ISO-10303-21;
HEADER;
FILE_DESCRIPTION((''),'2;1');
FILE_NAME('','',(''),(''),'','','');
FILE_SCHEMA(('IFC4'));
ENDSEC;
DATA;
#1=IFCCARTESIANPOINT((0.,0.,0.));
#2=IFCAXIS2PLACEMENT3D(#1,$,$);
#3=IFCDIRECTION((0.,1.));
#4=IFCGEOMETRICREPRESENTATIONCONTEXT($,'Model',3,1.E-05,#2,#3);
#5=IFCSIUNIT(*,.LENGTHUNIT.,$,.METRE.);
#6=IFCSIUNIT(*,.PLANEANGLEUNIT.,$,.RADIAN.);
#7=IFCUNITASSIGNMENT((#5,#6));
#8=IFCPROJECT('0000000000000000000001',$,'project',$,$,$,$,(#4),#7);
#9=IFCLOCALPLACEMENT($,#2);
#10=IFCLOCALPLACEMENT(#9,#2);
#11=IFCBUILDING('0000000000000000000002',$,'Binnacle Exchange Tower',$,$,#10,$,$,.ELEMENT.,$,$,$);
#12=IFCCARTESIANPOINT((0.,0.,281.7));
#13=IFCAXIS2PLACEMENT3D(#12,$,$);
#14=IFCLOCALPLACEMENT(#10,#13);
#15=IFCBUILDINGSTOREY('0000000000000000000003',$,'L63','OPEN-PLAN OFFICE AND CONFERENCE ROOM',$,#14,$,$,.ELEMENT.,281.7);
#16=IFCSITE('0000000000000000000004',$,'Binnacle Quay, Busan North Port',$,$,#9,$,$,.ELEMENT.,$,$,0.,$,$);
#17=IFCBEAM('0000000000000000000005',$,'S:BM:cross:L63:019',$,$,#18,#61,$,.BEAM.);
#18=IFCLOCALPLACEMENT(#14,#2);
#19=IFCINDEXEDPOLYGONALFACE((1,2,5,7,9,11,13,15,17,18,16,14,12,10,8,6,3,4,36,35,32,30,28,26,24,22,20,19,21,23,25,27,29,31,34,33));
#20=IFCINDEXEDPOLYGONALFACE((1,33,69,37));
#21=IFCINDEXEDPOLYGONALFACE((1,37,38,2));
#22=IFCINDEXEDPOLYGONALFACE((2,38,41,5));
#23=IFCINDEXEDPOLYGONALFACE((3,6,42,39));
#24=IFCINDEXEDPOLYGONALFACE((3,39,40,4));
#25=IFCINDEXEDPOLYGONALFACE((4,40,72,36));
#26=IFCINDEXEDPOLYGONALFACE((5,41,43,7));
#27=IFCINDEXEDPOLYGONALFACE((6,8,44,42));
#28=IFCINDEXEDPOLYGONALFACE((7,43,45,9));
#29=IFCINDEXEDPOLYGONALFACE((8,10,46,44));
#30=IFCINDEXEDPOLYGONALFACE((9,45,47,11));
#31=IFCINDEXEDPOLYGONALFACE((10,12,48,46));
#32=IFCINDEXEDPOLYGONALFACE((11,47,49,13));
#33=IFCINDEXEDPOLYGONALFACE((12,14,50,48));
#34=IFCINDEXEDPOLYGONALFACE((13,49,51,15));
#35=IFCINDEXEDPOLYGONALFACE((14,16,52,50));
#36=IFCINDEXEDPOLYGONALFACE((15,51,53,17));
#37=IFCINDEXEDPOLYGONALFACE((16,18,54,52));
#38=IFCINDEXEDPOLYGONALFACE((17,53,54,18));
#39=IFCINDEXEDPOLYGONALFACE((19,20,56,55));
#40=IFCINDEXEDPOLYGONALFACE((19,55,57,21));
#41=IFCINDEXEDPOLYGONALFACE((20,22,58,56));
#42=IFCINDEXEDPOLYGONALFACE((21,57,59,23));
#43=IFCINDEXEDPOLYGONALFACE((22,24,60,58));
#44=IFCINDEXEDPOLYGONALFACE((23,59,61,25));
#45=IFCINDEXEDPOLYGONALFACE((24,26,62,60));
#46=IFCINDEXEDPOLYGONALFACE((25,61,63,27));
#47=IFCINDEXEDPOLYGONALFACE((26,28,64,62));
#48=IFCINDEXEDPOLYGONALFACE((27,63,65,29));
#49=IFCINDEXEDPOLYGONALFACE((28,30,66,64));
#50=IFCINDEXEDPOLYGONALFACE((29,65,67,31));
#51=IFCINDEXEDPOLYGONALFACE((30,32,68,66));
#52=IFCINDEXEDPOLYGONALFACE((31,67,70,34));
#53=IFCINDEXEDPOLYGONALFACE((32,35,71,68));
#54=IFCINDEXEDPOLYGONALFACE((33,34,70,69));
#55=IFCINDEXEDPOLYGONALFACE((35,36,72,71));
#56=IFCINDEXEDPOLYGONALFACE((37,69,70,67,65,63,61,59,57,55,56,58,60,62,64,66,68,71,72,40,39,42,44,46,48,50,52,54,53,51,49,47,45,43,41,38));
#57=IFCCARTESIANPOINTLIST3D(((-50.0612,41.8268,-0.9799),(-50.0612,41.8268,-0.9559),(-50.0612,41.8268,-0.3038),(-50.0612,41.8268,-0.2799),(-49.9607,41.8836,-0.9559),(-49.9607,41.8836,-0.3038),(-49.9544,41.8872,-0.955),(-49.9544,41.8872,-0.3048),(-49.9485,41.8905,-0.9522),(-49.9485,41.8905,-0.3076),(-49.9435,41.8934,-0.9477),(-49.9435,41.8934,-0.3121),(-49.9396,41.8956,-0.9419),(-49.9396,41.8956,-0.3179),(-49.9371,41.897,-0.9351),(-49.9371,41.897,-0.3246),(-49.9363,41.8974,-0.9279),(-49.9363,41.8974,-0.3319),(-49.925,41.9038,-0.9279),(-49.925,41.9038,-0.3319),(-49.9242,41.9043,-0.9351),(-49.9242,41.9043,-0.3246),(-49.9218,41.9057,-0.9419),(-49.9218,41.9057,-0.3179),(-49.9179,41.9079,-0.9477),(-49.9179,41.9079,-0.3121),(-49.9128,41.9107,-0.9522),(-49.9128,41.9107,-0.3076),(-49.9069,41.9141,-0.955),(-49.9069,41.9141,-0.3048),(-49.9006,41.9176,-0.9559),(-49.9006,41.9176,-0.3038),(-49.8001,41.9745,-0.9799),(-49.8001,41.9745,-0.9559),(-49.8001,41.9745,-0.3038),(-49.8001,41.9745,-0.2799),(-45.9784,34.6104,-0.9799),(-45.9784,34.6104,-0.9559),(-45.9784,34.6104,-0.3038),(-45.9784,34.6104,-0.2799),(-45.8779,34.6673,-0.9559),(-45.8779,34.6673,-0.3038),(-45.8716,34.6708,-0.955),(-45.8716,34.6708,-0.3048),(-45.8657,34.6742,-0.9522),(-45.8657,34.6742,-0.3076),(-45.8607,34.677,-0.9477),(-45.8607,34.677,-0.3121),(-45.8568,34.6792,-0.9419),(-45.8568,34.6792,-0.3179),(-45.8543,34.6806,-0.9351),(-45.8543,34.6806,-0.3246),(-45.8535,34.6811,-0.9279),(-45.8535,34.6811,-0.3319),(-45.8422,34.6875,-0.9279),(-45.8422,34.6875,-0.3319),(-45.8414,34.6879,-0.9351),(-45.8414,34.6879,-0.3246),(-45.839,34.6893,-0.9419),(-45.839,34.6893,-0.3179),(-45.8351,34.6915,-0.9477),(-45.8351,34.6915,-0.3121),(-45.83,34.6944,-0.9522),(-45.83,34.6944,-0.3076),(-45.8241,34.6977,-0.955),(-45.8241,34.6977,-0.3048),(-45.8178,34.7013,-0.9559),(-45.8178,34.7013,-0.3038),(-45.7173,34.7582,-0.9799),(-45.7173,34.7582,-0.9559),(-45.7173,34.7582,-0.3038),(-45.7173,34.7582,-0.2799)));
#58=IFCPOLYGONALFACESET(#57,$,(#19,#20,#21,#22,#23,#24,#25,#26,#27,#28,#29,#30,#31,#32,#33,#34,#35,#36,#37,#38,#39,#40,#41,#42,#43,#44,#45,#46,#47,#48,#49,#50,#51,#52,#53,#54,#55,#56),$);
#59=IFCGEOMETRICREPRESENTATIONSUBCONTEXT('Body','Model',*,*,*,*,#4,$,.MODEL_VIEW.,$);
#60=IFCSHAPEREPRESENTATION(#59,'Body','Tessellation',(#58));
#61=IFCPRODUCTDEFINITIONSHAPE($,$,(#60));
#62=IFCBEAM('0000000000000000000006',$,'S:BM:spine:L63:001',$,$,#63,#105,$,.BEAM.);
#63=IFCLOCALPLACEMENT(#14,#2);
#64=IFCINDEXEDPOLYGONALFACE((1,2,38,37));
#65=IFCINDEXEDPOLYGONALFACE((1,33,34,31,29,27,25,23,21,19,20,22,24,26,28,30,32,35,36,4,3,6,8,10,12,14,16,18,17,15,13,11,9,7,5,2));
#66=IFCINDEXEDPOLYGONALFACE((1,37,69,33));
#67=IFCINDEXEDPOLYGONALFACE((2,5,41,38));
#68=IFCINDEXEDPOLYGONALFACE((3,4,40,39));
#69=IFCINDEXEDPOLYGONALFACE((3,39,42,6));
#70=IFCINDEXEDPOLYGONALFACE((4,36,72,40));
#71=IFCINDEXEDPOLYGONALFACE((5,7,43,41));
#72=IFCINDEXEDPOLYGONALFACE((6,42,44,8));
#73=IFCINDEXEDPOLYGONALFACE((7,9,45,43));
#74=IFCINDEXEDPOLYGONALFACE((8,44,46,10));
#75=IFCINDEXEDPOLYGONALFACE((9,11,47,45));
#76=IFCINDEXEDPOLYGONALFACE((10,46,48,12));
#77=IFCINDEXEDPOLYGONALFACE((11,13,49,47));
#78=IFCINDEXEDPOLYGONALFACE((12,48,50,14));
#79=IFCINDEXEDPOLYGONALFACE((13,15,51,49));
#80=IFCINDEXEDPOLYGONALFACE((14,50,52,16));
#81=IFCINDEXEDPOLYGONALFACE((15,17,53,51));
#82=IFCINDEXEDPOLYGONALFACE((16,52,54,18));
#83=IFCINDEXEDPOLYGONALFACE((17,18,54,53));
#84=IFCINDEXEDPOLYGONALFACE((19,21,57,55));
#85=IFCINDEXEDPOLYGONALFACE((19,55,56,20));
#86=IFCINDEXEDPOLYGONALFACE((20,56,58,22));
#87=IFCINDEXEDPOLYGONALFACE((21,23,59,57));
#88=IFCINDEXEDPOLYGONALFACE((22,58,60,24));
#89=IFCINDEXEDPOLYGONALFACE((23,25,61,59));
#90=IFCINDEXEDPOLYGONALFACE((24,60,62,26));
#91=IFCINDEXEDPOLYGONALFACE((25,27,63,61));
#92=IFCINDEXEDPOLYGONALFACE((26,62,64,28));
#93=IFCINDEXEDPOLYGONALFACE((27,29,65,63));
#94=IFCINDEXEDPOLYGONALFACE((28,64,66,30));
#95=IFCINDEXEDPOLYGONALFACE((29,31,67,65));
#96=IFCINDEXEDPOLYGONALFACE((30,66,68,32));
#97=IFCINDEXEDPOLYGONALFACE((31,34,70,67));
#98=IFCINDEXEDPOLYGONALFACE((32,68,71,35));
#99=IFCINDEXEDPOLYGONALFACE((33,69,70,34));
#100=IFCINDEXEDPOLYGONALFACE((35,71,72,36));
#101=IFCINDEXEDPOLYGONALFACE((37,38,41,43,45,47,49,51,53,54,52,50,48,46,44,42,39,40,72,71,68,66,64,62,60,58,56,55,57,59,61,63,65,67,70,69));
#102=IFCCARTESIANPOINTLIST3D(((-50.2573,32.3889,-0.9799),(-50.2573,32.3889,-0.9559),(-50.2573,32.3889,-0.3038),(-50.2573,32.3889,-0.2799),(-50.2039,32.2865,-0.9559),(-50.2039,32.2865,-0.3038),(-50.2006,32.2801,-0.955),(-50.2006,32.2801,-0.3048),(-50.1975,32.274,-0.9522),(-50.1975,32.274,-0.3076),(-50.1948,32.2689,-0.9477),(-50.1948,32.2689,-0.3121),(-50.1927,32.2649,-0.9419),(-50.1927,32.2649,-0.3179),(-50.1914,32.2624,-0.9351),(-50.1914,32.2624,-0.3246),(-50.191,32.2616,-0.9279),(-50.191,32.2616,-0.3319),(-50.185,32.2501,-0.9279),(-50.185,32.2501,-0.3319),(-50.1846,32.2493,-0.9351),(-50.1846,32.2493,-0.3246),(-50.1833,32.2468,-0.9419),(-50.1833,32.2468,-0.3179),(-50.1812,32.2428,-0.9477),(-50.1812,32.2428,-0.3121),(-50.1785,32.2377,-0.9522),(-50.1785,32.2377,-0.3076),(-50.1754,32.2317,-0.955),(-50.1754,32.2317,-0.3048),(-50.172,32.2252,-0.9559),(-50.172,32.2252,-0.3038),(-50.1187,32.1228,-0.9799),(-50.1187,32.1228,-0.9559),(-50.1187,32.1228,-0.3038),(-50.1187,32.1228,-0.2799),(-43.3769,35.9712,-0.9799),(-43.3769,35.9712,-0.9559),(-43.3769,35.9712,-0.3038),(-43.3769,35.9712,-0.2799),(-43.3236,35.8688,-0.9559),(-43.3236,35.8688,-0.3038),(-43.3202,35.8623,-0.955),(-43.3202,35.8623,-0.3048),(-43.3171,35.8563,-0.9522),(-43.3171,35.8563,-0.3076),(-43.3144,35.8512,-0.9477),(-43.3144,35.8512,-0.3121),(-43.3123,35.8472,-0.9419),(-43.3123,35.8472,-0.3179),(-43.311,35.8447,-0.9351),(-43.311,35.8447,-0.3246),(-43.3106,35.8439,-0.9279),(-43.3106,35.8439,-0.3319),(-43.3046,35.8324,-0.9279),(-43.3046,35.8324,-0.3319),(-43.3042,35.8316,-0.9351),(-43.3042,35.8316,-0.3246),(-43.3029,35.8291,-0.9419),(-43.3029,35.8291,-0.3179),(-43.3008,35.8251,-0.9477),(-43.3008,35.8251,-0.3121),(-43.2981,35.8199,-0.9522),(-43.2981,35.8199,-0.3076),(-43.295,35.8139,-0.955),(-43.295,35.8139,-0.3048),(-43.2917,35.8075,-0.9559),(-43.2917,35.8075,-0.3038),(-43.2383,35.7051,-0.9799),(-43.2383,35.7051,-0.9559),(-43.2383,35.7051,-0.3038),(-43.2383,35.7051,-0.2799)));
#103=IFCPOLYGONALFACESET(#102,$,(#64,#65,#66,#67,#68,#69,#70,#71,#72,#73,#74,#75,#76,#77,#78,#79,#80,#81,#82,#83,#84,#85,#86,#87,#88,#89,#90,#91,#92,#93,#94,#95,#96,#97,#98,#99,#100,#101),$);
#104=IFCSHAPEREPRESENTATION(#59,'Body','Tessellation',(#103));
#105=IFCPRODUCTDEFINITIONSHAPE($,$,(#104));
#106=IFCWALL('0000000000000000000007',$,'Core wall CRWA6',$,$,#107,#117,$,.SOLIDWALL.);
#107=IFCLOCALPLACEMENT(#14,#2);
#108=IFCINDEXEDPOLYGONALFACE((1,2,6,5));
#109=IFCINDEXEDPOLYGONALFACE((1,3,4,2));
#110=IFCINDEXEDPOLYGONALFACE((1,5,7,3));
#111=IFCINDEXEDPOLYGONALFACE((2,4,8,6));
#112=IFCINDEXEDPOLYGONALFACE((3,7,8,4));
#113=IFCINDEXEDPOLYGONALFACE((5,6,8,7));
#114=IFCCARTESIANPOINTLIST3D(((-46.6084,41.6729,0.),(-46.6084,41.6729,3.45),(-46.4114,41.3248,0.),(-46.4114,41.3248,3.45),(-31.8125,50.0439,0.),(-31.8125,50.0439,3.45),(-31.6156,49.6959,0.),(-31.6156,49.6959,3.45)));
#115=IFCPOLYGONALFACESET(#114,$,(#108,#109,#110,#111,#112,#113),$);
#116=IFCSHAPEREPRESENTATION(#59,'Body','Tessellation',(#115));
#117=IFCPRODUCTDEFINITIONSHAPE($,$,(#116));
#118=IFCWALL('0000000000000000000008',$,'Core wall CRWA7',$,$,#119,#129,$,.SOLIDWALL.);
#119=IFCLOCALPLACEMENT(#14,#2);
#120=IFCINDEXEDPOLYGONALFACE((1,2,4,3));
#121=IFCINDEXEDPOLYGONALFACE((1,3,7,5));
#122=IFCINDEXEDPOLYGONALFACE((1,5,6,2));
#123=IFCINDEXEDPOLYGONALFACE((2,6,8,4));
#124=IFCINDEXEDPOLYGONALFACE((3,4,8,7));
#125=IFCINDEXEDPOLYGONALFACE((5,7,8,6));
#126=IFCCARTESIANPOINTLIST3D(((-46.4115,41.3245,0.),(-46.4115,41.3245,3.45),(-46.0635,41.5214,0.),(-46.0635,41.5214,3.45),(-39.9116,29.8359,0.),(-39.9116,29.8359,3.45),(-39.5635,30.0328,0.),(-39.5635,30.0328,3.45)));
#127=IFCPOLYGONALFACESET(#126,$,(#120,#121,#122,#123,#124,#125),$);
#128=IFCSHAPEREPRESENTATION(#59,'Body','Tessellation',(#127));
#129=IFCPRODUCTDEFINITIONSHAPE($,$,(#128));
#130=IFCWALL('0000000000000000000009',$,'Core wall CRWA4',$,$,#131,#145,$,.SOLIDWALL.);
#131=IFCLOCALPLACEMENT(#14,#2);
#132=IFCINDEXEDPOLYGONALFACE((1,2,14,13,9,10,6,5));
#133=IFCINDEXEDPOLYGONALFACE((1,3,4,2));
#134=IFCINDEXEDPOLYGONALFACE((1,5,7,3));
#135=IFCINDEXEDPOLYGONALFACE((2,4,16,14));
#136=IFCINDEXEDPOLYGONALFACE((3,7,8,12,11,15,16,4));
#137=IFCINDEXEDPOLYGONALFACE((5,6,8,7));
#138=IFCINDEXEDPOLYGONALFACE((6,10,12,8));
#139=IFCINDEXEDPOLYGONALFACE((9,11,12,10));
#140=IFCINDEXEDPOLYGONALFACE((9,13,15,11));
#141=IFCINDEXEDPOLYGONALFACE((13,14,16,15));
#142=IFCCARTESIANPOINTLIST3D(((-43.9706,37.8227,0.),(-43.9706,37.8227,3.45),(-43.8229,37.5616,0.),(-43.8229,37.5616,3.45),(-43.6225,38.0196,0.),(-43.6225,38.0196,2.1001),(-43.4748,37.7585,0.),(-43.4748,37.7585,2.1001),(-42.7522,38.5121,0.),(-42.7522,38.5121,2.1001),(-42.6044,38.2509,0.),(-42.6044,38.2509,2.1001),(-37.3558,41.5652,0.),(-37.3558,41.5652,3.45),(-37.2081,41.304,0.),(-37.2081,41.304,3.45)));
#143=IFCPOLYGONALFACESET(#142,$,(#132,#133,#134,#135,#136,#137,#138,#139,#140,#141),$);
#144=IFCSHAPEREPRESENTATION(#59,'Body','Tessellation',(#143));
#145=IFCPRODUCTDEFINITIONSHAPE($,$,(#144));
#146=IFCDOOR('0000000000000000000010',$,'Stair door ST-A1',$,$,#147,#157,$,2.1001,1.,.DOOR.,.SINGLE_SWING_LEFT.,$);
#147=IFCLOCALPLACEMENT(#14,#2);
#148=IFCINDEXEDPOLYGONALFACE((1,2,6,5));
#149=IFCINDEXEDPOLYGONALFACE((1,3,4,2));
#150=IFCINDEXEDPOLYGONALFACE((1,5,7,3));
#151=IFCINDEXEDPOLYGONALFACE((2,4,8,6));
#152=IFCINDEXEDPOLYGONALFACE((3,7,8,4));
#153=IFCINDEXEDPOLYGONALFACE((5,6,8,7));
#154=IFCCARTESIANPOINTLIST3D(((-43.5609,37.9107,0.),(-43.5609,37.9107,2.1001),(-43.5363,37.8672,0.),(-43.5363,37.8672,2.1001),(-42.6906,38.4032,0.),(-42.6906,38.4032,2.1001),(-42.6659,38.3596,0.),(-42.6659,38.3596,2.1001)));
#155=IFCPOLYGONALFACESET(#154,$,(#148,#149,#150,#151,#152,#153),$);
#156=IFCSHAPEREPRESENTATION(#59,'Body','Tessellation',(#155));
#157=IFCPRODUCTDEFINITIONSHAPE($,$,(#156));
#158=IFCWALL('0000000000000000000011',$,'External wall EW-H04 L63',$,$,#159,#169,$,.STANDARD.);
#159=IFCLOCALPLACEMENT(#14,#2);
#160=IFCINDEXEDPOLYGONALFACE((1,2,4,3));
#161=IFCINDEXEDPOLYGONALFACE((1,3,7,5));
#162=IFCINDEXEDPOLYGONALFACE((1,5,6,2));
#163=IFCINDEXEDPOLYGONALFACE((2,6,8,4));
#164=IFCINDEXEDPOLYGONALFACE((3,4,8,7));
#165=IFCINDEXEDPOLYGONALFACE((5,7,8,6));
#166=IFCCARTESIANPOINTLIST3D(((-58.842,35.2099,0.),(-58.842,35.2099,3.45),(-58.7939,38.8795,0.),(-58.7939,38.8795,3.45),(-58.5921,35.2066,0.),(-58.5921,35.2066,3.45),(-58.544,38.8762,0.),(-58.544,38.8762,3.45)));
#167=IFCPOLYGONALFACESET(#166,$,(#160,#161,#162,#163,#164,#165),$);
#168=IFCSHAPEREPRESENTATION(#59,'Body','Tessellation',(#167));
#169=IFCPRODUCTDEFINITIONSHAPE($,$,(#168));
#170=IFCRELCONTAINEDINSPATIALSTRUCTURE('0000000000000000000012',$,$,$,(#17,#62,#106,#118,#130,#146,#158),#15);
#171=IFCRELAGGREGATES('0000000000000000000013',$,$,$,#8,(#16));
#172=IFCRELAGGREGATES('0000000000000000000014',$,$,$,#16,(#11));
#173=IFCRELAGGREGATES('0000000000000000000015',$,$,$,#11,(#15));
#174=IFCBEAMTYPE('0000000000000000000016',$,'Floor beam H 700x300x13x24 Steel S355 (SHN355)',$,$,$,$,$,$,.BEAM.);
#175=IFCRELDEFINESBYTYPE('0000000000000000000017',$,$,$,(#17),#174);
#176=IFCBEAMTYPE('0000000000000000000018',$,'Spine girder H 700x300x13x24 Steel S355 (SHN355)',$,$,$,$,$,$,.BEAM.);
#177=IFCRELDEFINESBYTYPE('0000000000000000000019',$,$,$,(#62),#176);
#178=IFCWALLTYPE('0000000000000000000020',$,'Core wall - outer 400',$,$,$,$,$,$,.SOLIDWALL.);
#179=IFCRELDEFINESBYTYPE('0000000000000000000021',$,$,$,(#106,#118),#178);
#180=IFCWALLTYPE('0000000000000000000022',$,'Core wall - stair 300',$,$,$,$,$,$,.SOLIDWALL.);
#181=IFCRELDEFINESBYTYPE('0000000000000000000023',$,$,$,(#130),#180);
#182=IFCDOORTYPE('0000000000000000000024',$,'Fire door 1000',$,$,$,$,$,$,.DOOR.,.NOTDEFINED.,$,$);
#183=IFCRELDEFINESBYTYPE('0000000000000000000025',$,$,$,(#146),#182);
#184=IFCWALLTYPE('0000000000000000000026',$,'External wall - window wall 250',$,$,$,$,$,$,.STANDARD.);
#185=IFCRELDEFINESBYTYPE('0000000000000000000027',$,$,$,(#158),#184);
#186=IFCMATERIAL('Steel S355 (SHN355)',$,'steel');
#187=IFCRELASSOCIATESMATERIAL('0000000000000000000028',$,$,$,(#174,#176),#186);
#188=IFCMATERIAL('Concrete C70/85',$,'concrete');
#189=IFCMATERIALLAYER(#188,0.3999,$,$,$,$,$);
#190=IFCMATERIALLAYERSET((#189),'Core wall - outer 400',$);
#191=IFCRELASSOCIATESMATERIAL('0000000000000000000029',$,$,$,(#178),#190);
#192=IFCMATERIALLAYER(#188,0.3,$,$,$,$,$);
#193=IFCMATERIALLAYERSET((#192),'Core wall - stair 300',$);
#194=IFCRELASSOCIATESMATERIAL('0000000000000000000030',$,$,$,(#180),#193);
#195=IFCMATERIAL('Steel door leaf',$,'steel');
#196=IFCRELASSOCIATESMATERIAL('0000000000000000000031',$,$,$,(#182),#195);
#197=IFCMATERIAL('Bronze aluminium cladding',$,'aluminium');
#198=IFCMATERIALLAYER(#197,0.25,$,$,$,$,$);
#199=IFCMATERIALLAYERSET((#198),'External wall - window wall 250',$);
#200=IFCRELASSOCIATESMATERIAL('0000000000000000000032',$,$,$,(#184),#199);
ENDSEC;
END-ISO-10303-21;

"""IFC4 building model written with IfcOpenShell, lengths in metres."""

from ifc_helpers import new_model, si_unit, direction, frame, frame_2d, origin, origin_2d, place, context, subcontext, project, spatial, rectangle, i_section, extrude, material, layer, layer_set, material_profile, profile_set, type_object, element, fill, save


model = new_model("IFC4")

# Units and contexts
model_context = context("Model", 3, precision=1e-05, world=origin(), true_north=direction((0.0, 1.0)))
body_context = subcontext(model_context, "Body", "Model", "MODEL_VIEW")
ifc_project = project(units=[si_unit("LENGTHUNIT", "METRE"), si_unit("PLANEANGLEUNIT", "RADIAN")], contexts=[model_context])

# Site, building, storey
site_placement = place(None, origin())
site = spatial("IfcSite", under=ifc_project, at=site_placement, Name="Binnacle Quay, Busan North Port", CompositionType="ELEMENT", RefElevation=0.0)
building_placement = place(site_placement, origin())
building = spatial("IfcBuilding", under=site, at=building_placement, Name="Binnacle Exchange Tower", CompositionType="ELEMENT")
storey_placement = place(building_placement, frame((0.0, 0.0, 281.7)))
storey = spatial("IfcBuildingStorey", under=building, at=storey_placement, Name="L63", Description="OPEN-PLAN OFFICE AND CONFERENCE ROOM", CompositionType="ELEMENT", Elevation=281.7)

# Beams
ifc_material_1 = material(Name="Steel S355 (SHN355)", Category="steel")
ifc_material_profile_1 = material_profile(ifc_material_1, i_section(OverallWidth=0.3, OverallDepth=0.7, WebThickness=0.0129, FlangeThickness=0.0239, FilletRadius=0.0281, at=origin_2d()), Name="H 700x300x13x24")
ifc_profile_set_1 = profile_set([ifc_material_profile_1], Name="Steel S355 (SHN355)")
beam_type_1 = type_object("IfcBeamType", Name="Floor beam H 700x300x13x24 Steel S355 (SHN355)", PredefinedType="BEAM", material=ifc_profile_set_1)
beam_1_placement = place(storey_placement, frame((-49.9307, 41.9006, -0.6299), z_axis=(0.492421, -0.870357, 0.0), x_axis=(0.870357, 0.492421, 0.0)))
element("IfcBeam", 1, at=beam_1_placement, inside=storey, type_object=beam_type_1, Name="S:BM:cross:L63:019", PredefinedType="BEAM", context=body_context, shape_type="SweptSolid", body=[
    extrude(i_section(OverallWidth=0.3, OverallDepth=0.7, WebThickness=0.0129, FlangeThickness=0.0239, FilletRadius=0.0281, at=origin_2d()), origin(), (0.0, 0.0, 1.0), 8.2913),
])
ifc_material_profile_2 = material_profile(ifc_material_1, i_section(OverallWidth=0.3, OverallDepth=0.7, WebThickness=0.0129, FlangeThickness=0.0239, FilletRadius=0.0281, at=origin_2d()), Name="H 700x300x13x24")
ifc_profile_set_2 = profile_set([ifc_material_profile_2], Name="Steel S355 (SHN355)")
beam_type_2 = type_object("IfcBeamType", Name="Spine girder H 700x300x13x24 Steel S355 (SHN355)", PredefinedType="BEAM", material=ifc_profile_set_2)
beam_2_placement = place(storey_placement, frame((-50.188, 32.2559, -0.6299), z_axis=(0.88698, 0.461808, 0.0), x_axis=(-0.461808, 0.88698, 0.0)))
element("IfcBeam", 2, at=beam_2_placement, inside=storey, type_object=beam_type_2, Name="S:BM:spine:L63:001", PredefinedType="BEAM", context=body_context, shape_type="SweptSolid", body=[
    extrude(i_section(OverallWidth=0.3, OverallDepth=0.7, WebThickness=0.0129, FlangeThickness=0.0239, FilletRadius=0.0281, at=origin_2d()), origin(), (0.0, 0.0, 1.0), 7.7571),
])

# Walls
ifc_material_2 = material(Name="Concrete C70/85", Category="concrete")
ifc_layer_1 = layer(ifc_material_2, 0.3999)
ifc_layer_set_1 = layer_set([ifc_layer_1], Name="Core wall - outer 400")
wall_type_1 = type_object("IfcWallType", Name="Core wall - outer 400", PredefinedType="SOLIDWALL", material=ifc_layer_set_1)
wall_1_placement = place(storey_placement, frame((-46.51, 41.4988, 0.0), z_axis=(0.0, 0.0, 1.0), x_axis=(0.870356, 0.492423, 0.0)))
element("IfcWall", 3, at=wall_1_placement, inside=storey, type_object=wall_type_1, Name="Core wall CRWA6", PredefinedType="SOLIDWALL", context=body_context, shape_type="SweptSolid", body=[
    extrude(rectangle(XDim=16.9998, YDim=0.3999, at=frame_2d((8.5, 0.0))), origin(), (0.0, 0.0, 1.0), 3.45),
])
wall_2_placement = place(storey_placement, frame((-46.2375, 41.4231, 0.0), z_axis=(0.0, 0.0, 1.0), x_axis=(0.492422, -0.870357, 0.0)))
element("IfcWall", 4, at=wall_2_placement, inside=storey, type_object=wall_type_1, Name="Core wall CRWA7", PredefinedType="SOLIDWALL", context=body_context, shape_type="SweptSolid", body=[
    extrude(rectangle(XDim=13.2, YDim=0.3999, at=frame_2d((6.6001, 0.0))), origin(), (0.0, 0.0, 1.0), 3.45),
])

# Wall, opening, door
ifc_layer_2 = layer(ifc_material_2, 0.3)
ifc_layer_set_2 = layer_set([ifc_layer_2], Name="Core wall - stair 300")
wall_type_2 = type_object("IfcWallType", Name="Core wall - stair 300", PredefinedType="SOLIDWALL", material=ifc_layer_set_2)
wall_3_placement = place(storey_placement, frame((-43.8967, 37.6921, 0.0), z_axis=(0.0, 0.0, 1.0), x_axis=(0.870356, 0.492422, 0.0)))
wall_3 = element("IfcWall", 5, at=wall_3_placement, inside=storey, type_object=wall_type_2, Name="Core wall CRWA4", PredefinedType="SOLIDWALL", context=body_context, shape_type="SweptSolid", body=[
    extrude(rectangle(XDim=7.6001, YDim=0.3, at=frame_2d((3.8, 0.0))), origin(), (0.0, 0.0, 1.0), 3.45),
])
opening_1_placement = place(wall_3_placement, frame((0.3999, 0.0, 0.0)))
opening_1 = element("IfcOpeningElement", 6, at=opening_1_placement, cuts=wall_3, PredefinedType="OPENING", context=body_context, shape_type="SweptSolid", body=[
    extrude(rectangle(XDim=1.0, YDim=2.1001, at=frame_2d((0.5, 1.05))), frame((0.0, 0.1599, 0.0), z_axis=(0.0, -1.0, 0.0), x_axis=(1.0, 0.0, 0.0)), (0.0, 0.0, 1.0), 0.3201),
])
ifc_material_3 = material(Name="Steel door leaf", Category="steel")
door_type_1 = type_object("IfcDoorType", Name="Fire door 1000", OperationType="NOTDEFINED", PredefinedType="DOOR", material=ifc_material_3)
door_1_placement = place(opening_1_placement, origin())
door_1 = element("IfcDoor", 7, at=door_1_placement, inside=storey, type_object=door_type_1, Name="Stair door ST-A1", OperationType="SINGLE_SWING_LEFT", OverallHeight=2.1001, OverallWidth=1.0, PredefinedType="DOOR", context=body_context, shape_type="SweptSolid", body=[
    extrude(rectangle(XDim=1.0, YDim=2.1001, at=frame_2d((0.5, 1.05))), frame((0.0, 0.0249, 0.0), z_axis=(0.0, -1.0, 0.0), x_axis=(1.0, 0.0, 0.0)), (0.0, 0.0, 1.0), 0.05),
])
fill(opening_1, door_1)

# Wall
ifc_material_4 = material(Name="Bronze aluminium cladding", Category="aluminium")
ifc_layer_3 = layer(ifc_material_4, 0.25)
ifc_layer_set_3 = layer_set([ifc_layer_3], Name="External wall - window wall 250")
wall_type_3 = type_object("IfcWallType", Name="External wall - window wall 250", PredefinedType="STANDARD", material=ifc_layer_set_3)
wall_4_placement = place(storey_placement, frame((-58.717, 35.2083, 0.0), z_axis=(0.0, 0.0, 1.0), x_axis=(0.013105, 0.999914, 0.0)))
element("IfcWall", 8, at=wall_4_placement, inside=storey, type_object=wall_type_3, Name="External wall EW-H04 L63", PredefinedType="STANDARD", context=body_context, shape_type="SweptSolid", body=[
    extrude(rectangle(XDim=3.6699, YDim=0.25, at=frame_2d((1.835, 0.0))), origin(), (0.0, 0.0, 1.0), 3.45),
])

save(model, "model.ifc")
